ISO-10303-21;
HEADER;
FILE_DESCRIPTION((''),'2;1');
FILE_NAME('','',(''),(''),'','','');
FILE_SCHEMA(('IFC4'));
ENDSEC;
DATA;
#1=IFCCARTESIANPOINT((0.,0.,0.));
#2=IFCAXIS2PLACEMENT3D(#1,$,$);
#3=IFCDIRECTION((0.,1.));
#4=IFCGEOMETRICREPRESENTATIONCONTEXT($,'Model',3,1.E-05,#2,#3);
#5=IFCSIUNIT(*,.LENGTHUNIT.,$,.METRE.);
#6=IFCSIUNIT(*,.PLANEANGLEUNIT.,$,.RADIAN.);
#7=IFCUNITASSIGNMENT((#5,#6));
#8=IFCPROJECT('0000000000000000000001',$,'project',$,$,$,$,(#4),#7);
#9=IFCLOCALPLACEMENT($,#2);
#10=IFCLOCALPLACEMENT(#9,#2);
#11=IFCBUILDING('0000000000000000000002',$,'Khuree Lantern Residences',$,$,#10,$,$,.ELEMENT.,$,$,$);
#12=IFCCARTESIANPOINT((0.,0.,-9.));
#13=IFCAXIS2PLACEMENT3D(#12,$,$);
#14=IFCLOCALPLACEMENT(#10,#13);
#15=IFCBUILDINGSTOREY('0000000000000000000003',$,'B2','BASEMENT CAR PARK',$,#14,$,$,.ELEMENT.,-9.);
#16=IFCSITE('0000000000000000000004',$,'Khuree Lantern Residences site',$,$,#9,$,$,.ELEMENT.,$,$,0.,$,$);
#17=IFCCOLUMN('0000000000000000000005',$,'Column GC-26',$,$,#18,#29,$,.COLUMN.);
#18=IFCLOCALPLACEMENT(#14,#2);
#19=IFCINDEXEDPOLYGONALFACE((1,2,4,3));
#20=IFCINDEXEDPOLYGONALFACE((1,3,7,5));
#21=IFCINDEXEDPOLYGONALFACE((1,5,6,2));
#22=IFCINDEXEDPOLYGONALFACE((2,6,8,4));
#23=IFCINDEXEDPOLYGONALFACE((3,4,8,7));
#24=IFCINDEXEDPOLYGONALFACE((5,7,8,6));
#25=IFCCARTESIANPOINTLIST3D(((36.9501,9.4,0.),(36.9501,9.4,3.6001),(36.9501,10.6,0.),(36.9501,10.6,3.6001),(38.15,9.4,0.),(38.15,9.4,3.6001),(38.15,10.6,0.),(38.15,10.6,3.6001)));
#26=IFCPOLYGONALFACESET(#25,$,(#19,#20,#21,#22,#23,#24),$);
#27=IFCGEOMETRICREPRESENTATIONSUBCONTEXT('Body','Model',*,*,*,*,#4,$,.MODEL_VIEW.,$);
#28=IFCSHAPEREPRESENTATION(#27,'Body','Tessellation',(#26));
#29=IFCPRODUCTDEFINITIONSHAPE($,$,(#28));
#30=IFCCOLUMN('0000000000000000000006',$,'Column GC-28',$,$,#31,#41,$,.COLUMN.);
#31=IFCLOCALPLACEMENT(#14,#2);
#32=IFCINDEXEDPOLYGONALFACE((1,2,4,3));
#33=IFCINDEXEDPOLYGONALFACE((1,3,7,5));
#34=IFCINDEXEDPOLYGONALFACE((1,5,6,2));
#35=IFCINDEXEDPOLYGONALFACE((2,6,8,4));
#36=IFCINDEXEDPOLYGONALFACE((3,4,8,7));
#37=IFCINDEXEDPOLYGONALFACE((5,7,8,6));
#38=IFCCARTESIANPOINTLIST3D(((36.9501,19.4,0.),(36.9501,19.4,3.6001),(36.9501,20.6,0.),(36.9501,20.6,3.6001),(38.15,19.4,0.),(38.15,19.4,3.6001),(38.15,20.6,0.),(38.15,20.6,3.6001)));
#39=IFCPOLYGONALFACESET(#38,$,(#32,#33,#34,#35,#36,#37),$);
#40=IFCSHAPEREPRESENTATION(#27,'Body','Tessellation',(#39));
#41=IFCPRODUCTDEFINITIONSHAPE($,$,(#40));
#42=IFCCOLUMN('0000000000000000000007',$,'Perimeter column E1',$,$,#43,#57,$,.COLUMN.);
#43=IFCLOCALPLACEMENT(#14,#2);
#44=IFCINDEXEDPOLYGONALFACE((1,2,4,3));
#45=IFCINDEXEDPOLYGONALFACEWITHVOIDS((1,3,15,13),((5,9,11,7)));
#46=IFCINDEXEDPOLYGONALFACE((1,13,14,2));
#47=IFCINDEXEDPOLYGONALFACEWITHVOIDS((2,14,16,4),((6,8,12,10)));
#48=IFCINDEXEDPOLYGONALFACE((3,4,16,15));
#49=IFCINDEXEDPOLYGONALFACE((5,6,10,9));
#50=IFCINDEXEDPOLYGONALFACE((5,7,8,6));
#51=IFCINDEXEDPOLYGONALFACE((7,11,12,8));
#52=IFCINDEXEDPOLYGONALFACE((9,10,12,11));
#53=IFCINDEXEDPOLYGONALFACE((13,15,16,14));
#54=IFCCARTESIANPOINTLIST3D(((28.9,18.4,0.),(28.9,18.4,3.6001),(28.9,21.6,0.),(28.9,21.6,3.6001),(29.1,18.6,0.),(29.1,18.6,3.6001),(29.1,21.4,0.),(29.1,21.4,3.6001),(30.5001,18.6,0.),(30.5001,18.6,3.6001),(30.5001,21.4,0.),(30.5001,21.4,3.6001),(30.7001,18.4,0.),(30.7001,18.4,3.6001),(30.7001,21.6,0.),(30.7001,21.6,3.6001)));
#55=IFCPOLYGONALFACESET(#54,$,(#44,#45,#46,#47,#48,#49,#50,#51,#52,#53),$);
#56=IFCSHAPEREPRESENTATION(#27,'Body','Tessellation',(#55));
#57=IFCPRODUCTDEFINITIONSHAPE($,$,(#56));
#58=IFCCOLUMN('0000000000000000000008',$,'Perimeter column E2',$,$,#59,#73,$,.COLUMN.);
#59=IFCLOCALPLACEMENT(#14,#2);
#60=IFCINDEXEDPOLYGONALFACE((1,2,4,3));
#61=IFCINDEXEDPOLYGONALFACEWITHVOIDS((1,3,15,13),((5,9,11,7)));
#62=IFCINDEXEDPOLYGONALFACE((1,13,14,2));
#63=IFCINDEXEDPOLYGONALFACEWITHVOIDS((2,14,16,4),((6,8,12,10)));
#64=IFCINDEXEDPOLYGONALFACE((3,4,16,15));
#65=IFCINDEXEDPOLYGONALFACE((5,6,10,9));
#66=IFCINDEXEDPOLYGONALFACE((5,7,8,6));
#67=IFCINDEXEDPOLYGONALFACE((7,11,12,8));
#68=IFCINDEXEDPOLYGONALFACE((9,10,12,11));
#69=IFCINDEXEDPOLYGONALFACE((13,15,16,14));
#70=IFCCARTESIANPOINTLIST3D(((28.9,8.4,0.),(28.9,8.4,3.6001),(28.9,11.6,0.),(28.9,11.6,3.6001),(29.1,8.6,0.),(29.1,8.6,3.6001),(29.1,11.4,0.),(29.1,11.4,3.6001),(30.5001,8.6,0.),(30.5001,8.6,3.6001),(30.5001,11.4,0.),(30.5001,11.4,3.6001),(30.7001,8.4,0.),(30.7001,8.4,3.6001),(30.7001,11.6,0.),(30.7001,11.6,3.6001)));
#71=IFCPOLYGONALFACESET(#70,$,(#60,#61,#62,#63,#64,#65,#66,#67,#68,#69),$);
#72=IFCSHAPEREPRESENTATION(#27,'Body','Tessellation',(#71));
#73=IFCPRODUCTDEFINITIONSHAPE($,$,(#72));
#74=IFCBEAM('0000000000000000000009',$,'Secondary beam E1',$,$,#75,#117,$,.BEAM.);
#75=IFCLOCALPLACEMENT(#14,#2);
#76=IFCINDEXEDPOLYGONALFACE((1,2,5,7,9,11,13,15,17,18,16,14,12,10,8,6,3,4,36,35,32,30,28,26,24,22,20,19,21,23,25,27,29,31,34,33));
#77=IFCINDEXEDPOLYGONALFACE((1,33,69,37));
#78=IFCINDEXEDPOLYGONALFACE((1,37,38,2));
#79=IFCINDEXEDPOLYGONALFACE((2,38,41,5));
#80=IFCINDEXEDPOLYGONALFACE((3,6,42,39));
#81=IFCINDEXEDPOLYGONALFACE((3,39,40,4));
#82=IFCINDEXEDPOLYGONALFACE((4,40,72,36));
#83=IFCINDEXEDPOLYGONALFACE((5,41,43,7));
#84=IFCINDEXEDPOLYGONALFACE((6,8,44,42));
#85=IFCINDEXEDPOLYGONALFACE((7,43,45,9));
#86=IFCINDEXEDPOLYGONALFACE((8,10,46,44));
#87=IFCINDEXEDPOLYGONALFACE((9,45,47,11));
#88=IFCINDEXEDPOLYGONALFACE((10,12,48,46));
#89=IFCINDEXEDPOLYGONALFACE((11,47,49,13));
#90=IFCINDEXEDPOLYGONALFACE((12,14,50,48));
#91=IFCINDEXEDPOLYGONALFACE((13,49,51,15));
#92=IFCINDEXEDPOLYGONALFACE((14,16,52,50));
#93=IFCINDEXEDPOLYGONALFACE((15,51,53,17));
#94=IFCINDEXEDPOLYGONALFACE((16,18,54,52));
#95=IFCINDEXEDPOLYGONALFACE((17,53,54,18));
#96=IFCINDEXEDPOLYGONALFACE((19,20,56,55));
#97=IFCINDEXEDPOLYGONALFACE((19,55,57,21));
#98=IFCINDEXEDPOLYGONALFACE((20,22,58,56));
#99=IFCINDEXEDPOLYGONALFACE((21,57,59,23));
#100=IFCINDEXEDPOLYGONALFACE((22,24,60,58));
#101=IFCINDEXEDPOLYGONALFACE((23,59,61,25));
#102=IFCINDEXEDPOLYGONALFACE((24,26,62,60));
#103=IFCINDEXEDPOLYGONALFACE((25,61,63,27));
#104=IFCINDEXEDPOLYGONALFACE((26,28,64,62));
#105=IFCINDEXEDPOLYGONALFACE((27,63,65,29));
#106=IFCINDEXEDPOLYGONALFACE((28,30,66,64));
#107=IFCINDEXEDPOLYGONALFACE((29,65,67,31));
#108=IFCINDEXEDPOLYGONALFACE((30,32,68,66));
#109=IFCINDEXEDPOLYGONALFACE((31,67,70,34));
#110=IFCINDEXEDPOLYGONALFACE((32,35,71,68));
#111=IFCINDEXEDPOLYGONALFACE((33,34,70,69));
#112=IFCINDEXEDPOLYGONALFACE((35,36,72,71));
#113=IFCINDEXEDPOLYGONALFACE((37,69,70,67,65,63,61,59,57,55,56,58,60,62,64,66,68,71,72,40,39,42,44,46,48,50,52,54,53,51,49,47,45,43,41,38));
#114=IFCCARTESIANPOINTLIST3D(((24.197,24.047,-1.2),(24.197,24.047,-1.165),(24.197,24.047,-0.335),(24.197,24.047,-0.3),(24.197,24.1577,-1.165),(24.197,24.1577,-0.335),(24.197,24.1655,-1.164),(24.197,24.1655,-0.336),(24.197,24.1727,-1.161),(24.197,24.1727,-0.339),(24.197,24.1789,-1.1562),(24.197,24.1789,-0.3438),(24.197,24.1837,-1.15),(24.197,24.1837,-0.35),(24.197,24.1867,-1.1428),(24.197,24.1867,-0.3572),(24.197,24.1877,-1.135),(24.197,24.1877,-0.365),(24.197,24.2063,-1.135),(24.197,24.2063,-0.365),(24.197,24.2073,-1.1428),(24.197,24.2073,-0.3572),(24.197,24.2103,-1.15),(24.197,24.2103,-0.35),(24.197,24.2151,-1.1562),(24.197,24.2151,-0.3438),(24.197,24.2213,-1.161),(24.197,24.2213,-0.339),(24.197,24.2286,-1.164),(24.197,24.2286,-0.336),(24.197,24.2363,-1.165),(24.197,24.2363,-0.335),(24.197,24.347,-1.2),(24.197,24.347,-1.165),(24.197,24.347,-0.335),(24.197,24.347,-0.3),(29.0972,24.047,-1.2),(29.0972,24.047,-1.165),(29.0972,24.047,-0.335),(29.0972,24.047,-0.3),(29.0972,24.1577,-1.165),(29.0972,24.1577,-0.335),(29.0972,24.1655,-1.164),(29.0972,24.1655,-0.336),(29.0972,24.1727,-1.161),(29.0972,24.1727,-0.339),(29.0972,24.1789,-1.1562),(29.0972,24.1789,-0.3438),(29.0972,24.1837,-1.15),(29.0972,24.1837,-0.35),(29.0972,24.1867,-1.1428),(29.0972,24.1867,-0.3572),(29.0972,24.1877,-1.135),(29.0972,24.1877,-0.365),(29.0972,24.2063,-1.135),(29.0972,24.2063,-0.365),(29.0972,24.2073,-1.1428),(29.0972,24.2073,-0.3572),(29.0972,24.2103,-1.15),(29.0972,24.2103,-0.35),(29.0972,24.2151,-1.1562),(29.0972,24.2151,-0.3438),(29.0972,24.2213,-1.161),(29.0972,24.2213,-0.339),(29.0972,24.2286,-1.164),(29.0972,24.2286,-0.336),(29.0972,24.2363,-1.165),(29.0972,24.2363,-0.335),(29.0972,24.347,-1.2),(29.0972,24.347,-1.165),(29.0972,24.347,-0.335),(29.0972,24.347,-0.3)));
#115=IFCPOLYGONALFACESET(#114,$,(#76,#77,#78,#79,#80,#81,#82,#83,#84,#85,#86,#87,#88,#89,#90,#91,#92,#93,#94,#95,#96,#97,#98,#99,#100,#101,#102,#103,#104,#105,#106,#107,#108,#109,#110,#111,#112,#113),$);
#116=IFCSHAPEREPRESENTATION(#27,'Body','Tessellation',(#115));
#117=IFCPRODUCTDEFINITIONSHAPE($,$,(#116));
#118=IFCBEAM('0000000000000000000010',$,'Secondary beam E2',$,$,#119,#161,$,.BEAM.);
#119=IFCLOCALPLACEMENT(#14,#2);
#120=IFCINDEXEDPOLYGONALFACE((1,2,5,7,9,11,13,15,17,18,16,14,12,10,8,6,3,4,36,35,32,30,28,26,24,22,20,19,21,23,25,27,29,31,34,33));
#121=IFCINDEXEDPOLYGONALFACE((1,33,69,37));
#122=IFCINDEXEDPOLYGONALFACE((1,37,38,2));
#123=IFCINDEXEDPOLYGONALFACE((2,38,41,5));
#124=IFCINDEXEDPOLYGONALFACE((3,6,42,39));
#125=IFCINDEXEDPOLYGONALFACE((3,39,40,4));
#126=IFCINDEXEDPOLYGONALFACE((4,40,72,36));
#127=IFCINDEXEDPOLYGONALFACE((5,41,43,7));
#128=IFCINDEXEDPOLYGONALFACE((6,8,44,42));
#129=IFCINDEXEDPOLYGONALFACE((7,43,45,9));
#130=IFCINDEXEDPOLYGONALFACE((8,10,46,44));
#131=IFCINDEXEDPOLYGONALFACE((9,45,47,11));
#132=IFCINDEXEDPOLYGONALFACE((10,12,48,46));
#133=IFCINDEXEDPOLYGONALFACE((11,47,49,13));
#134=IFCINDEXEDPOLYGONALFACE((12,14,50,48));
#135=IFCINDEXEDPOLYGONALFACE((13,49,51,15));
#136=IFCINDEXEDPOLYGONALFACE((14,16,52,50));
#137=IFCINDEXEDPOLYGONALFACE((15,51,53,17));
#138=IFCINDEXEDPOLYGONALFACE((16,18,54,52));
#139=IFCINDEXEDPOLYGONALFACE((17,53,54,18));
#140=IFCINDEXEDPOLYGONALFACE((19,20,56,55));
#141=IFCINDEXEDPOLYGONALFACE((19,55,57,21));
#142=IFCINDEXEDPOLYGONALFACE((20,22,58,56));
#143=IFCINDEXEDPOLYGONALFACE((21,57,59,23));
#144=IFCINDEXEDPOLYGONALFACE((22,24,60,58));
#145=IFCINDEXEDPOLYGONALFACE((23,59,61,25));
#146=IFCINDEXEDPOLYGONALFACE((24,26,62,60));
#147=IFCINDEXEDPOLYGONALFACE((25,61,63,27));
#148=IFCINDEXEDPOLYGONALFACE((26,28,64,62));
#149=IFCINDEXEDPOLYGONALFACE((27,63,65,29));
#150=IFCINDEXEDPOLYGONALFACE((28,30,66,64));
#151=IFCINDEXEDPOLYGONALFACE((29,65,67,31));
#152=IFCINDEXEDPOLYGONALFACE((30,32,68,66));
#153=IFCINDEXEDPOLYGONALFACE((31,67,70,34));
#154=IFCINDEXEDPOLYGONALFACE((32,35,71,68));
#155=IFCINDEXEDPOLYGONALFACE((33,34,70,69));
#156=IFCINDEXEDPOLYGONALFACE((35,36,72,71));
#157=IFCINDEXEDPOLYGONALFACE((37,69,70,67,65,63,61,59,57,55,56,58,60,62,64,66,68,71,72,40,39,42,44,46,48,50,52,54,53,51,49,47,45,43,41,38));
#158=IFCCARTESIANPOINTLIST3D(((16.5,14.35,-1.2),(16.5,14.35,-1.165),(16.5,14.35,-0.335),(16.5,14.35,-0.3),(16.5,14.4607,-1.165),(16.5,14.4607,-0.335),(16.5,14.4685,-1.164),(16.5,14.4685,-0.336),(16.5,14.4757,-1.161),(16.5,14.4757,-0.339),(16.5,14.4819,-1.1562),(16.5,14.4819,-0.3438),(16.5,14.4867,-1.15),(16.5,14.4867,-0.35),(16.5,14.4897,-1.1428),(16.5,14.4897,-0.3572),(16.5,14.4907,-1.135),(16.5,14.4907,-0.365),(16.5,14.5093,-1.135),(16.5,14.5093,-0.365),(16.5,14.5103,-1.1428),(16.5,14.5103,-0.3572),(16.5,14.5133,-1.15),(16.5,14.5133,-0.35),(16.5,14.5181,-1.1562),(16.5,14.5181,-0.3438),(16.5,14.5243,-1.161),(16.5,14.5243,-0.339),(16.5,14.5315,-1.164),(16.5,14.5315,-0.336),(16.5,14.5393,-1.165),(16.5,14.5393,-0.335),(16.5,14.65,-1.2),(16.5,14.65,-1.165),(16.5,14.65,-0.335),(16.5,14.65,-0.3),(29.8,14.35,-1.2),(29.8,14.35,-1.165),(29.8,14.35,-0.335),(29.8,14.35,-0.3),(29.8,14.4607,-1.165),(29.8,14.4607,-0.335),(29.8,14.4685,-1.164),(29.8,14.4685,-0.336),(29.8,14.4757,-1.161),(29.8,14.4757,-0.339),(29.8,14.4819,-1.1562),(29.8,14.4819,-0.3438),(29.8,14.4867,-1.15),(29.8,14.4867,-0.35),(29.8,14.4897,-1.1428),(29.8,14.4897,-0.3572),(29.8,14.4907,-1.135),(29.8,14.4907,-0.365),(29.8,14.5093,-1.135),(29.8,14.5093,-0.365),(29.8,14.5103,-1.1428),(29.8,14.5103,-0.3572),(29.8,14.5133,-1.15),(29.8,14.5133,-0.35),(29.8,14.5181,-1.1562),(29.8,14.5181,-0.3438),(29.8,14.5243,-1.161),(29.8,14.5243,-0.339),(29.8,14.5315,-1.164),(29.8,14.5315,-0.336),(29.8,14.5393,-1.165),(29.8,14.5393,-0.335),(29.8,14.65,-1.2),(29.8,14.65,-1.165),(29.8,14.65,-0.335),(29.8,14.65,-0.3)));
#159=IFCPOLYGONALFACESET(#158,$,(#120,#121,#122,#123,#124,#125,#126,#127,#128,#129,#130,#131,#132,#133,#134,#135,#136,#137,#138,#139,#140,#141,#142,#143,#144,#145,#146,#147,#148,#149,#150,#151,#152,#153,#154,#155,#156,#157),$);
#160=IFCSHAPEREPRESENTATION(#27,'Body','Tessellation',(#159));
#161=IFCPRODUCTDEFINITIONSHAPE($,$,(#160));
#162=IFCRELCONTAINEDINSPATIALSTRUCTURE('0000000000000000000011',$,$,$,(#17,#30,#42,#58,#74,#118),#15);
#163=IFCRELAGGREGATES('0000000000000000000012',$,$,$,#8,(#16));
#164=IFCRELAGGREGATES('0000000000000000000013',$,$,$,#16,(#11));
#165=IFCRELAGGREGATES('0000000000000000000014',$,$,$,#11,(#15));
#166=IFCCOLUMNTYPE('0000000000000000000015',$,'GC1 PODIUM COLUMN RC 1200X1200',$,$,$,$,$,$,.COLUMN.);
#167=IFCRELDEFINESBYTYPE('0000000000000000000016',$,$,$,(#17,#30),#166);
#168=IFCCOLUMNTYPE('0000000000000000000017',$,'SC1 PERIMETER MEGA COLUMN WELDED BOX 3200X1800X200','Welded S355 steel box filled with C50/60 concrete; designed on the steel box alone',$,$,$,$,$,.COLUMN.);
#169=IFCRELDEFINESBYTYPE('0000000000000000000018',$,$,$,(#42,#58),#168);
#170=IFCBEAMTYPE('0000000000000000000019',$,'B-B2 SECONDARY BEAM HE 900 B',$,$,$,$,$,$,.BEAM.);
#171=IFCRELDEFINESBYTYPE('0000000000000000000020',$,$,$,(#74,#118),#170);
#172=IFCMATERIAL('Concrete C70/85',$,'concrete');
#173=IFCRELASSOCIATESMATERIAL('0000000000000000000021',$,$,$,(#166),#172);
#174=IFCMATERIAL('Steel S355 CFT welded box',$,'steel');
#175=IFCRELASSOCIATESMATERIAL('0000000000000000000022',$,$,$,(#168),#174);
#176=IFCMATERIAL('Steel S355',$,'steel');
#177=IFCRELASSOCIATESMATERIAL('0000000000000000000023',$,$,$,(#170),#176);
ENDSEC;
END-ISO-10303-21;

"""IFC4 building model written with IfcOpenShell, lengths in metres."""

from ifc_helpers import new_model, si_unit, direction, frame, origin, origin_2d, place, context, subcontext, project, spatial, rectangle, hollow_rectangle, i_section, extrude, material, material_profile, profile_set, type_object, element, save


model = new_model("IFC4")

# Units and contexts
model_context = context("Model", 3, precision=1e-05, world=origin(), true_north=direction((0.0, 1.0)))
body_context = subcontext(model_context, "Body", "Model", "MODEL_VIEW")
ifc_project = project(units=[si_unit("LENGTHUNIT", "METRE"), si_unit("PLANEANGLEUNIT", "RADIAN")], contexts=[model_context])

# Site, building, storey
site_placement = place(None, origin())
site = spatial("IfcSite", under=ifc_project, at=site_placement, Name="Khuree Lantern Residences site", CompositionType="ELEMENT", RefElevation=0.0)
building_placement = place(site_placement, origin())
building = spatial("IfcBuilding", under=site, at=building_placement, Name="Khuree Lantern Residences", CompositionType="ELEMENT")
storey_placement = place(building_placement, frame((0.0, 0.0, -9.0)))
storey = spatial("IfcBuildingStorey", under=building, at=storey_placement, Name="B2", Description="BASEMENT CAR PARK", CompositionType="ELEMENT", Elevation=-9.0)

# Columns
ifc_material_1 = material(Name="Concrete C70/85", Category="concrete")
ifc_material_profile_1 = material_profile(ifc_material_1, rectangle(XDim=1.2, YDim=1.2, at=origin_2d()), Name="RC 1200X1200")
ifc_profile_set_1 = profile_set([ifc_material_profile_1], Name="Concrete C70/85")
column_type_1 = type_object("IfcColumnType", Name="GC1 PODIUM COLUMN RC 1200X1200", PredefinedType="COLUMN", material=ifc_profile_set_1)
for number, where, z_axis, x_axis, name in (
    (1, (37.55, 10.0, 0.0), (0.0, 0.0, 1.0), (1.0, 0.0, 0.0), "Column GC-26"),
    (2, (37.55, 20.0, 0.0), (0.0, 0.0, 1.0), (1.0, 0.0, 0.0), "Column GC-28"),
):
    element("IfcColumn", number, at=place(storey_placement, frame(where, z_axis=z_axis, x_axis=x_axis)), inside=storey, type_object=column_type_1, Name=name, PredefinedType="COLUMN", context=body_context, shape_type="SweptSolid", body=[
        extrude(rectangle(XDim=1.2, YDim=1.2, at=origin_2d()), origin(), (0.0, 0.0, 1.0), 3.6001),
    ])
ifc_material_2 = material(Name="Steel S355 CFT welded box", Category="steel")
ifc_material_profile_2 = material_profile(ifc_material_2, hollow_rectangle(XDim=3.2, YDim=1.8, WallThickness=0.2, at=origin_2d()), Name="WELDED BOX 3200X1800X200")
ifc_profile_set_2 = profile_set([ifc_material_profile_2], Name="Steel S355 CFT welded box")
column_type_2 = type_object("IfcColumnType", Name="SC1 PERIMETER MEGA COLUMN WELDED BOX 3200X1800X200", Description="Welded S355 steel box filled with C50/60 concrete; designed on the steel box alone", PredefinedType="COLUMN", material=ifc_profile_set_2)
for number, where, z_axis, x_axis, name in (
    (3, (29.8, 20.0, 0.0), (0.0, 0.0, 1.0), (0.0, 1.0, 0.0), "Perimeter column E1"),
    (4, (29.8, 10.0, 0.0), (0.0, 0.0, 1.0), (0.0, 1.0, 0.0), "Perimeter column E2"),
):
    element("IfcColumn", number, at=place(storey_placement, frame(where, z_axis=z_axis, x_axis=x_axis)), inside=storey, type_object=column_type_2, Name=name, PredefinedType="COLUMN", context=body_context, shape_type="SweptSolid", body=[
        extrude(hollow_rectangle(XDim=3.2, YDim=1.8, WallThickness=0.2, at=origin_2d()), origin(), (0.0, 0.0, 1.0), 3.6001),
    ])

# Beams
ifc_material_3 = material(Name="Steel S355", Category="steel")
ifc_material_profile_3 = material_profile(ifc_material_3, i_section(OverallWidth=0.3, OverallDepth=0.8999, WebThickness=0.0186, FlangeThickness=0.0349, FilletRadius=0.03, at=origin_2d()), Name="HE 900 B")
ifc_profile_set_3 = profile_set([ifc_material_profile_3], Name="Steel S355")
beam_type_1 = type_object("IfcBeamType", Name="B-B2 SECONDARY BEAM HE 900 B", PredefinedType="BEAM", material=ifc_profile_set_3)
beam_1_placement = place(storey_placement, frame((29.0972, 24.197, -0.75), z_axis=(-1.0, 0.0, 0.0), x_axis=(0.0, -1.0, 0.0)))
element("IfcBeam", 5, at=beam_1_placement, inside=storey, type_object=beam_type_1, Name="Secondary beam E1", PredefinedType="BEAM", context=body_context, shape_type="SweptSolid", body=[
    extrude(i_section(OverallWidth=0.3, OverallDepth=0.8999, WebThickness=0.0186, FlangeThickness=0.0349, FilletRadius=0.03, at=origin_2d()), origin(), (0.0, 0.0, 1.0), 4.9001),
])
for number, where, z_axis, x_axis, name in (
    (6, (29.8, 14.5, -0.75), (-1.0, 0.0, 0.0), (0.0, -1.0, 0.0), "Secondary beam E2"),
):
    element("IfcBeam", number, at=place(storey_placement, frame(where, z_axis=z_axis, x_axis=x_axis)), inside=storey, type_object=beam_type_1, Name=name, PredefinedType="BEAM", context=body_context, shape_type="SweptSolid", body=[
        extrude(i_section(OverallWidth=0.3, OverallDepth=0.8999, WebThickness=0.0186, FlangeThickness=0.0349, FilletRadius=0.03, at=origin_2d()), origin(), (0.0, 0.0, 1.0), 13.3),
    ])

save(model, "model.ifc")
